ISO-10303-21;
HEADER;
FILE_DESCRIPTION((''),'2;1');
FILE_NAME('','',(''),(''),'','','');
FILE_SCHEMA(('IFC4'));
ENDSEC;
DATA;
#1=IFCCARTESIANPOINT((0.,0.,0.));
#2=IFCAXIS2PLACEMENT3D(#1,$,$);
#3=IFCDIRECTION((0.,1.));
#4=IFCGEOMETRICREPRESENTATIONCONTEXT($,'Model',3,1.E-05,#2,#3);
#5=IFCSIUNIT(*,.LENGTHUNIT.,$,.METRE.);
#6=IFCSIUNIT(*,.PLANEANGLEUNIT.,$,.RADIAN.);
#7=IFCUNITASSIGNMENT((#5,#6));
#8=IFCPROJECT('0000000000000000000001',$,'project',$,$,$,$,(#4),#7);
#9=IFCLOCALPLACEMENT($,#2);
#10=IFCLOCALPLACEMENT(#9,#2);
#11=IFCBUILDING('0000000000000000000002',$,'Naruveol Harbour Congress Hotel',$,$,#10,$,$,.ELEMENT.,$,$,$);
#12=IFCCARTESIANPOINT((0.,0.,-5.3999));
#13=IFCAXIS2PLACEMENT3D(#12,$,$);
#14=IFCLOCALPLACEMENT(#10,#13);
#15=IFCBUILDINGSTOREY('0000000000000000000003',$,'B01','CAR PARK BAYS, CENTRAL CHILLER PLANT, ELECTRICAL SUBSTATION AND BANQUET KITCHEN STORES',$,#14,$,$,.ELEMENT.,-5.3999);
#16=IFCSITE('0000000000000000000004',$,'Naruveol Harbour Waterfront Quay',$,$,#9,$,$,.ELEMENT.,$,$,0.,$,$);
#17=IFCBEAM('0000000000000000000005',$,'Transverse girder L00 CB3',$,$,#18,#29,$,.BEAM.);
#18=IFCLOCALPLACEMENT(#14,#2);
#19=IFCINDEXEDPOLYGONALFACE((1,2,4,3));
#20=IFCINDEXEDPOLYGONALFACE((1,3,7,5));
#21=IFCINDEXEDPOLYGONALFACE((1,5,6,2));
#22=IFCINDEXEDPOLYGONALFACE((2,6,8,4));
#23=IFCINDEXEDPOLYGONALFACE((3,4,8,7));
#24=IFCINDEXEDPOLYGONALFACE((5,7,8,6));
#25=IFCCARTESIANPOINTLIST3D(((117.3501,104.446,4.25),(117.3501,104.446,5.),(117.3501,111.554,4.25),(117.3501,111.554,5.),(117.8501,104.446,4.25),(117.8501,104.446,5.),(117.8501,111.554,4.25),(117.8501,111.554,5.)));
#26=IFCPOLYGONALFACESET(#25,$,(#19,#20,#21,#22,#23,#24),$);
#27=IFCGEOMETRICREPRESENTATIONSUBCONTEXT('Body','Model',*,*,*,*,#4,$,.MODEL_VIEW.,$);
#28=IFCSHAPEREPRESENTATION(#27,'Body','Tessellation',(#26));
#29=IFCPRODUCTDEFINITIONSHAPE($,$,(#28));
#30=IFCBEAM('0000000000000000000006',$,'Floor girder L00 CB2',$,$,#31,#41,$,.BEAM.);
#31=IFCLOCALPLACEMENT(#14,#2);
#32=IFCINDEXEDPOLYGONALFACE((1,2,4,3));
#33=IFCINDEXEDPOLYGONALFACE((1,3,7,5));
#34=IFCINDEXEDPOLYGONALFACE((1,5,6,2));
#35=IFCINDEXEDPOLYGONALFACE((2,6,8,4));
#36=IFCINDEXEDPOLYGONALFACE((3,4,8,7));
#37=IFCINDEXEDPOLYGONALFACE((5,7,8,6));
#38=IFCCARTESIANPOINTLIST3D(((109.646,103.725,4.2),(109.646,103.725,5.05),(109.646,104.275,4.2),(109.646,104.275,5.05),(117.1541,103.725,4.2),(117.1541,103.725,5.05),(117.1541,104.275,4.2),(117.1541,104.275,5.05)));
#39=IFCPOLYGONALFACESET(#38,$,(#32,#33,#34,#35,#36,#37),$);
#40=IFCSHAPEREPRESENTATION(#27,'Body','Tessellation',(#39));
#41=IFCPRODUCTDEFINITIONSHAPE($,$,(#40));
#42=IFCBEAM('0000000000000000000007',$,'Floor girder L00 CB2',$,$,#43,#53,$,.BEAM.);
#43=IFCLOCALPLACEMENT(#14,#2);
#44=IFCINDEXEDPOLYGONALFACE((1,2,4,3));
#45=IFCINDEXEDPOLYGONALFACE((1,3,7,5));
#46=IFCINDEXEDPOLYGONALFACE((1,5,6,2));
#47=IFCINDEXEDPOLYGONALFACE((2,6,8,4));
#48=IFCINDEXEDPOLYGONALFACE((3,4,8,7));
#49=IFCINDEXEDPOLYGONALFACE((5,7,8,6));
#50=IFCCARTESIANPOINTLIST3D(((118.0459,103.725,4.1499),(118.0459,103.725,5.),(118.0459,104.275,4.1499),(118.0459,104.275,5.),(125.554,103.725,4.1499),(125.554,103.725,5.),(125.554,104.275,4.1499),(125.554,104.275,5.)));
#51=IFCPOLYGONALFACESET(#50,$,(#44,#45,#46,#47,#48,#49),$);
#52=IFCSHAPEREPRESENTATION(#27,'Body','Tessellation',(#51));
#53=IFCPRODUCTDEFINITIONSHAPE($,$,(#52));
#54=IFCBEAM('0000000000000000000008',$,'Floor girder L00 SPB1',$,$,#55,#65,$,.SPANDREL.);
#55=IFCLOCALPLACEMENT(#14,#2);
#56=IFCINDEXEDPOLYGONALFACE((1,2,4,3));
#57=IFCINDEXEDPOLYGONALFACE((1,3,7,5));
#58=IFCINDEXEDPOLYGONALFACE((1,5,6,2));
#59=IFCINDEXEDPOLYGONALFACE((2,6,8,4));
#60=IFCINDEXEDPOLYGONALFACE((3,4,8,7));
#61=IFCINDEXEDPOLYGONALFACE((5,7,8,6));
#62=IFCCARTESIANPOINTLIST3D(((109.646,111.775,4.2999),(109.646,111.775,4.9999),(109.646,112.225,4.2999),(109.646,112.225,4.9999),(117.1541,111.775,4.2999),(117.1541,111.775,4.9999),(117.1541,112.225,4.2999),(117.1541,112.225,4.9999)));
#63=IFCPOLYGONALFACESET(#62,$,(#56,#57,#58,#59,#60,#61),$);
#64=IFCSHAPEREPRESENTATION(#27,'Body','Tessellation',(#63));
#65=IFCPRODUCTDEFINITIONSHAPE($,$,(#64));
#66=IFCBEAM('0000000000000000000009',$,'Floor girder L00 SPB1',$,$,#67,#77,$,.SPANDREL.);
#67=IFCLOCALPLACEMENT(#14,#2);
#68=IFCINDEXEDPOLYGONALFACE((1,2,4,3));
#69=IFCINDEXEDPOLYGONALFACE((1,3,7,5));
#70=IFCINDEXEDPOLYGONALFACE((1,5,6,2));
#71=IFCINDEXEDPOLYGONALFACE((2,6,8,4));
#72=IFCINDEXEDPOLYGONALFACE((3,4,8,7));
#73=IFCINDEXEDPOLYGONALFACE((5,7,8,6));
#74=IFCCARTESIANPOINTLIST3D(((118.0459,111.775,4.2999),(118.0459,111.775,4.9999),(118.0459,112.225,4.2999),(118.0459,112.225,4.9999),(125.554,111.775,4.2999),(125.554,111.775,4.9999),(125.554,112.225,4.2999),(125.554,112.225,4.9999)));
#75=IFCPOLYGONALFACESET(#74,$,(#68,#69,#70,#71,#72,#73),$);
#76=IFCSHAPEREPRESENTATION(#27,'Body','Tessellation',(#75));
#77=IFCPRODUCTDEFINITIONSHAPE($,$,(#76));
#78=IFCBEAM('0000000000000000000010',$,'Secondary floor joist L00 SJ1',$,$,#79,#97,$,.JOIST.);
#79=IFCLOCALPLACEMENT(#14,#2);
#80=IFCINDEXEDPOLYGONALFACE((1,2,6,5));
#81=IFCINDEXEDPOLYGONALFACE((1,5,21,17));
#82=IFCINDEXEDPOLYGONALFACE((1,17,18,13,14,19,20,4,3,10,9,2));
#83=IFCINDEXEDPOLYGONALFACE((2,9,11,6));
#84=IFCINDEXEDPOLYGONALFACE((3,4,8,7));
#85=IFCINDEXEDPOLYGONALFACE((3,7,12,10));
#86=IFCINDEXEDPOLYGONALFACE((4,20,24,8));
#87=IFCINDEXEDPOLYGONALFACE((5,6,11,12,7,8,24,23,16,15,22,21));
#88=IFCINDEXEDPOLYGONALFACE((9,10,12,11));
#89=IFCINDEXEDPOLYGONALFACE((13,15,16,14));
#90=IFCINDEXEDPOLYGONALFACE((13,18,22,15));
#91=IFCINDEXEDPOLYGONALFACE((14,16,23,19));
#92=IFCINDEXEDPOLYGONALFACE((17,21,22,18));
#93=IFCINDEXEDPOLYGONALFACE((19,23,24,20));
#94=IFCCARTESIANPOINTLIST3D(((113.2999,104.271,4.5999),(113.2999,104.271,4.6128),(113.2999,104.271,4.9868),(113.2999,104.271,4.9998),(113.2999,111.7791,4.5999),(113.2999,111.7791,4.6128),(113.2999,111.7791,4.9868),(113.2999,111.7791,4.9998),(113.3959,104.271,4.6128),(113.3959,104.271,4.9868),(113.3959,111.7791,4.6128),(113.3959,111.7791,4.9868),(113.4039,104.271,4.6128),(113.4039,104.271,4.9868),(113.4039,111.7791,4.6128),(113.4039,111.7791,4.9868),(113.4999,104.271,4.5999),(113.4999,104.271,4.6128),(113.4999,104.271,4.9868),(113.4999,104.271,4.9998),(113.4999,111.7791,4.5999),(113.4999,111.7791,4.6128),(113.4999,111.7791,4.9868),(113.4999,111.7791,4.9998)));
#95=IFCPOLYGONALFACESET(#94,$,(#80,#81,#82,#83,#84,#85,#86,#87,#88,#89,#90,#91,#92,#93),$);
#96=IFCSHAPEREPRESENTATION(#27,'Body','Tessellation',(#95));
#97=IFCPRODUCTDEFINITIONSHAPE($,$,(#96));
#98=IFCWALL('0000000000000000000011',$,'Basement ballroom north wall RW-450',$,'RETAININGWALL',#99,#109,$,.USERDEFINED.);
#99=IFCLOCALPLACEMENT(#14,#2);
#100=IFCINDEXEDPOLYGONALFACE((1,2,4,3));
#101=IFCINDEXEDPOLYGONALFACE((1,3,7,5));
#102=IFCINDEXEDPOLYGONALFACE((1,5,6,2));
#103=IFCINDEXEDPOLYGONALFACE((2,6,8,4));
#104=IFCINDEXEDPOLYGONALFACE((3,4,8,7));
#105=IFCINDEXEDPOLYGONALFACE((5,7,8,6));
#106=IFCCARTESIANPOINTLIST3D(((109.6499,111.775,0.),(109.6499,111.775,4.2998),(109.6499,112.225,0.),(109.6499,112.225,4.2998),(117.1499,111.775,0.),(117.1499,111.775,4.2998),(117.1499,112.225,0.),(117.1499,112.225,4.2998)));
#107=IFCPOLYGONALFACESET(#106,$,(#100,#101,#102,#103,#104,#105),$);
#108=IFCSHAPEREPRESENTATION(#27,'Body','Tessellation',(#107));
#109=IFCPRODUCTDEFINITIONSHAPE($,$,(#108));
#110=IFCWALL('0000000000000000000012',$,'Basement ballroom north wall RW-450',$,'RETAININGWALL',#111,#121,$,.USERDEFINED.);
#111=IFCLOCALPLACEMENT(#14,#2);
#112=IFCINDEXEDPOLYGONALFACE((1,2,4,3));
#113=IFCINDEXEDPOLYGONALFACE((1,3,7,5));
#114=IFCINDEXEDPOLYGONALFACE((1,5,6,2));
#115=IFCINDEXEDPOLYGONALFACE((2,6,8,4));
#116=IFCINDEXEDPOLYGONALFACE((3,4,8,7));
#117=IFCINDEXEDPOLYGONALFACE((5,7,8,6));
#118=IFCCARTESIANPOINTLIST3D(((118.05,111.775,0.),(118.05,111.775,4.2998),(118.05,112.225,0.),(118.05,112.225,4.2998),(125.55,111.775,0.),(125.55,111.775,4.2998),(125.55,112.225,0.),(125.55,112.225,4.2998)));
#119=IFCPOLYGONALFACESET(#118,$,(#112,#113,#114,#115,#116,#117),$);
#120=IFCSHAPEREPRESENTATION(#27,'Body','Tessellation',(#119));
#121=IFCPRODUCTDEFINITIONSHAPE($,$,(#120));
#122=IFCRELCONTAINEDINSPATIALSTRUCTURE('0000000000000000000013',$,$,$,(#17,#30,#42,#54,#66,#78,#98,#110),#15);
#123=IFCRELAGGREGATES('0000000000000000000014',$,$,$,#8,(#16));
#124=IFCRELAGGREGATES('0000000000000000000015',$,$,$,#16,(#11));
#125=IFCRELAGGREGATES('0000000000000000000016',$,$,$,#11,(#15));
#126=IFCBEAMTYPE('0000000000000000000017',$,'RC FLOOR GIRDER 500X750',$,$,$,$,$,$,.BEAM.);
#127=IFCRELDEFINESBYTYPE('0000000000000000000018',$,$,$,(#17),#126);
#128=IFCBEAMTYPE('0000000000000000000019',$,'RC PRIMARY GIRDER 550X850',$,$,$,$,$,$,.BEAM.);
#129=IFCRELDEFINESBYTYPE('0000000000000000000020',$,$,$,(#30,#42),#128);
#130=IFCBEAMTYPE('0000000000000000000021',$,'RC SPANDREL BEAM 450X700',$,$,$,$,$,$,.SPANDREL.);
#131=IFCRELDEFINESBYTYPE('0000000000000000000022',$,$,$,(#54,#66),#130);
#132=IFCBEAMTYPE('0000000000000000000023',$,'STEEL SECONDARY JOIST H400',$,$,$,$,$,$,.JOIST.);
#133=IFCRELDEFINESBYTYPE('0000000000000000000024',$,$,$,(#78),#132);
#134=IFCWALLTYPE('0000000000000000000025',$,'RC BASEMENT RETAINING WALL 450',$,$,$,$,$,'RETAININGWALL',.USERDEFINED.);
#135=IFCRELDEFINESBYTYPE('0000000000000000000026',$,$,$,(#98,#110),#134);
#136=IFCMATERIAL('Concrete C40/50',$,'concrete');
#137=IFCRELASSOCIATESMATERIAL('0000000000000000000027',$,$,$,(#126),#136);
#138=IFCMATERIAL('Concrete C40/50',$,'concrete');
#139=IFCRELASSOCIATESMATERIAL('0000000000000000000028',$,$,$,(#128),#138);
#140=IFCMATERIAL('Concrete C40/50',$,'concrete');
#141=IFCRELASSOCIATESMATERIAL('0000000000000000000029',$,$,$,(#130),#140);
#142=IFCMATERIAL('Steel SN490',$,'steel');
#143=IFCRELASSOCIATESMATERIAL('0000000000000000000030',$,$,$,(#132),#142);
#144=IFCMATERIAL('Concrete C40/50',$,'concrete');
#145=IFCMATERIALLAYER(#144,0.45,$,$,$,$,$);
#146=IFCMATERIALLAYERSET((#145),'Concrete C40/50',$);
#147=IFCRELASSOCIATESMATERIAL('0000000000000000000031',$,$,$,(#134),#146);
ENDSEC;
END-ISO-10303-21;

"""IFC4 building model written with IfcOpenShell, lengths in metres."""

from ifc_helpers import new_model, si_unit, direction, frame, frame_2d, origin, origin_2d, place, context, subcontext, project, spatial, rectangle, i_section, extrude, material, layer, layer_set, material_profile, profile_set, type_object, element, save


model = new_model("IFC4")

# Units and contexts
model_context = context("Model", 3, precision=1e-05, world=origin(), true_north=direction((0.0, 1.0)))
body_context = subcontext(model_context, "Body", "Model", "MODEL_VIEW")
ifc_project = project(units=[si_unit("LENGTHUNIT", "METRE"), si_unit("PLANEANGLEUNIT", "RADIAN")], contexts=[model_context])

# Site, building, storey
site_placement = place(None, origin())
site = spatial("IfcSite", under=ifc_project, at=site_placement, Name="Naruveol Harbour Waterfront Quay", CompositionType="ELEMENT", RefElevation=0.0)
building_placement = place(site_placement, origin())
building = spatial("IfcBuilding", under=site, at=building_placement, Name="Naruveol Harbour Congress Hotel", CompositionType="ELEMENT")
storey_placement = place(building_placement, frame((0.0, 0.0, -5.3999)))
storey = spatial("IfcBuildingStorey", under=building, at=storey_placement, Name="B01", Description="CAR PARK BAYS, CENTRAL CHILLER PLANT, ELECTRICAL SUBSTATION AND BANQUET KITCHEN STORES", CompositionType="ELEMENT", Elevation=-5.3999)

# Beams
ifc_material_1 = material(Name="Concrete C40/50", Category="concrete")
ifc_material_profile_1 = material_profile(ifc_material_1, rectangle(XDim=0.5, YDim=0.75, at=origin_2d()), Name="RCB-500x750")
ifc_profile_set_1 = profile_set([ifc_material_profile_1], Name="Concrete C40/50")
beam_type_1 = type_object("IfcBeamType", Name="RC FLOOR GIRDER 500X750", PredefinedType="BEAM", material=ifc_profile_set_1)
beam_1_placement = place(storey_placement, frame((117.6001, 104.446, 4.625), z_axis=(0.0, 1.0, 0.0), x_axis=(-1.0, 0.0, 0.0)))
element("IfcBeam", 1, at=beam_1_placement, inside=storey, type_object=beam_type_1, Name="Transverse girder L00 CB3", PredefinedType="BEAM", context=body_context, shape_type="SweptSolid", body=[
    extrude(rectangle(XDim=0.5, YDim=0.75, at=origin_2d()), origin(), (0.0, 0.0, 1.0), 7.1079),
])
ifc_material_2 = material(Name="Concrete C40/50", Category="concrete")
ifc_material_profile_2 = material_profile(ifc_material_2, rectangle(XDim=0.55, YDim=0.8501, at=origin_2d()), Name="RCB-550x850")
ifc_profile_set_2 = profile_set([ifc_material_profile_2], Name="Concrete C40/50")
beam_type_2 = type_object("IfcBeamType", Name="RC PRIMARY GIRDER 550X850", PredefinedType="BEAM", material=ifc_profile_set_2)
for number, where, z_axis, x_axis, name in (
    (2, (109.646, 104.0, 4.625), (1.0, 0.0, 0.0), (0.0, 1.0, 0.0), "Floor girder L00 CB2"),
    (3, (118.0459, 104.0, 4.575), (1.0, 0.0, 0.0), (0.0, 1.0, 0.0), "Floor girder L00 CB2"),
):
    element("IfcBeam", number, at=place(storey_placement, frame(where, z_axis=z_axis, x_axis=x_axis)), inside=storey, type_object=beam_type_2, Name=name, PredefinedType="BEAM", context=body_context, shape_type="SweptSolid", body=[
        extrude(rectangle(XDim=0.55, YDim=0.8501, at=origin_2d()), origin(), (0.0, 0.0, 1.0), 7.5081),
    ])
ifc_material_3 = material(Name="Concrete C40/50", Category="concrete")
ifc_material_profile_3 = material_profile(ifc_material_3, rectangle(XDim=0.45, YDim=0.7, at=origin_2d()), Name="RCB-450x700")
ifc_profile_set_3 = profile_set([ifc_material_profile_3], Name="Concrete C40/50")
beam_type_3 = type_object("IfcBeamType", Name="RC SPANDREL BEAM 450X700", PredefinedType="SPANDREL", material=ifc_profile_set_3)
for number, where, z_axis, x_axis, name in (
    (4, (109.646, 112.0, 4.6499), (1.0, 0.0, 0.0), (0.0, 1.0, 0.0), "Floor girder L00 SPB1"),
    (5, (118.0459, 112.0, 4.6499), (1.0, 0.0, 0.0), (0.0, 1.0, 0.0), "Floor girder L00 SPB1"),
):
    element("IfcBeam", number, at=place(storey_placement, frame(where, z_axis=z_axis, x_axis=x_axis)), inside=storey, type_object=beam_type_3, Name=name, PredefinedType="SPANDREL", context=body_context, shape_type="SweptSolid", body=[
        extrude(rectangle(XDim=0.45, YDim=0.7, at=origin_2d()), origin(), (0.0, 0.0, 1.0), 7.5081),
    ])
ifc_material_4 = material(Name="Steel SN490", Category="steel")
ifc_material_profile_4 = material_profile(ifc_material_4, i_section(OverallWidth=0.2, OverallDepth=0.3999, WebThickness=0.0081, FlangeThickness=0.0129, at=origin_2d()), Name="H-400x200x8x13")
ifc_profile_set_4 = profile_set([ifc_material_profile_4], Name="Steel SN490")
beam_type_4 = type_object("IfcBeamType", Name="STEEL SECONDARY JOIST H400", PredefinedType="JOIST", material=ifc_profile_set_4)
beam_2_placement = place(storey_placement, frame((113.3999, 104.271, 4.7998), z_axis=(0.0, 1.0, 0.0), x_axis=(-1.0, 0.0, 0.0)))
element("IfcBeam", 6, at=beam_2_placement, inside=storey, type_object=beam_type_4, Name="Secondary floor joist L00 SJ1", PredefinedType="JOIST", context=body_context, shape_type="SweptSolid", body=[
    extrude(i_section(OverallWidth=0.2, OverallDepth=0.3999, WebThickness=0.0081, FlangeThickness=0.0129, at=origin_2d()), origin(), (0.0, 0.0, 1.0), 7.5081),
])

# Walls
ifc_material_5 = material(Name="Concrete C40/50", Category="concrete")
ifc_layer = layer(ifc_material_5, 0.45)
ifc_layer_set = layer_set([ifc_layer], Name="Concrete C40/50")
wall_type = type_object("IfcWallType", Name="RC BASEMENT RETAINING WALL 450", ElementType="RETAININGWALL", PredefinedType="USERDEFINED", material=ifc_layer_set)
for number, where, z_axis, x_axis, name in (
    (7, (109.6499, 112.0, 0.0), (0.0, 0.0, 1.0), (1.0, 0.0, 0.0), "Basement ballroom north wall RW-450"),
    (8, (118.05, 112.0, 0.0), (0.0, 0.0, 1.0), (1.0, 0.0, 0.0), "Basement ballroom north wall RW-450"),
):
    element("IfcWall", number, at=place(storey_placement, frame(where, z_axis=z_axis, x_axis=x_axis)), inside=storey, type_object=wall_type, Name=name, ObjectType="RETAININGWALL", PredefinedType="USERDEFINED", context=body_context, shape_type="SweptSolid", body=[
        extrude(rectangle(XDim=7.5, YDim=0.45, at=frame_2d((3.75, 0.0))), origin(), (0.0, 0.0, 1.0), 4.2998),
    ])

save(model, "model.ifc")
